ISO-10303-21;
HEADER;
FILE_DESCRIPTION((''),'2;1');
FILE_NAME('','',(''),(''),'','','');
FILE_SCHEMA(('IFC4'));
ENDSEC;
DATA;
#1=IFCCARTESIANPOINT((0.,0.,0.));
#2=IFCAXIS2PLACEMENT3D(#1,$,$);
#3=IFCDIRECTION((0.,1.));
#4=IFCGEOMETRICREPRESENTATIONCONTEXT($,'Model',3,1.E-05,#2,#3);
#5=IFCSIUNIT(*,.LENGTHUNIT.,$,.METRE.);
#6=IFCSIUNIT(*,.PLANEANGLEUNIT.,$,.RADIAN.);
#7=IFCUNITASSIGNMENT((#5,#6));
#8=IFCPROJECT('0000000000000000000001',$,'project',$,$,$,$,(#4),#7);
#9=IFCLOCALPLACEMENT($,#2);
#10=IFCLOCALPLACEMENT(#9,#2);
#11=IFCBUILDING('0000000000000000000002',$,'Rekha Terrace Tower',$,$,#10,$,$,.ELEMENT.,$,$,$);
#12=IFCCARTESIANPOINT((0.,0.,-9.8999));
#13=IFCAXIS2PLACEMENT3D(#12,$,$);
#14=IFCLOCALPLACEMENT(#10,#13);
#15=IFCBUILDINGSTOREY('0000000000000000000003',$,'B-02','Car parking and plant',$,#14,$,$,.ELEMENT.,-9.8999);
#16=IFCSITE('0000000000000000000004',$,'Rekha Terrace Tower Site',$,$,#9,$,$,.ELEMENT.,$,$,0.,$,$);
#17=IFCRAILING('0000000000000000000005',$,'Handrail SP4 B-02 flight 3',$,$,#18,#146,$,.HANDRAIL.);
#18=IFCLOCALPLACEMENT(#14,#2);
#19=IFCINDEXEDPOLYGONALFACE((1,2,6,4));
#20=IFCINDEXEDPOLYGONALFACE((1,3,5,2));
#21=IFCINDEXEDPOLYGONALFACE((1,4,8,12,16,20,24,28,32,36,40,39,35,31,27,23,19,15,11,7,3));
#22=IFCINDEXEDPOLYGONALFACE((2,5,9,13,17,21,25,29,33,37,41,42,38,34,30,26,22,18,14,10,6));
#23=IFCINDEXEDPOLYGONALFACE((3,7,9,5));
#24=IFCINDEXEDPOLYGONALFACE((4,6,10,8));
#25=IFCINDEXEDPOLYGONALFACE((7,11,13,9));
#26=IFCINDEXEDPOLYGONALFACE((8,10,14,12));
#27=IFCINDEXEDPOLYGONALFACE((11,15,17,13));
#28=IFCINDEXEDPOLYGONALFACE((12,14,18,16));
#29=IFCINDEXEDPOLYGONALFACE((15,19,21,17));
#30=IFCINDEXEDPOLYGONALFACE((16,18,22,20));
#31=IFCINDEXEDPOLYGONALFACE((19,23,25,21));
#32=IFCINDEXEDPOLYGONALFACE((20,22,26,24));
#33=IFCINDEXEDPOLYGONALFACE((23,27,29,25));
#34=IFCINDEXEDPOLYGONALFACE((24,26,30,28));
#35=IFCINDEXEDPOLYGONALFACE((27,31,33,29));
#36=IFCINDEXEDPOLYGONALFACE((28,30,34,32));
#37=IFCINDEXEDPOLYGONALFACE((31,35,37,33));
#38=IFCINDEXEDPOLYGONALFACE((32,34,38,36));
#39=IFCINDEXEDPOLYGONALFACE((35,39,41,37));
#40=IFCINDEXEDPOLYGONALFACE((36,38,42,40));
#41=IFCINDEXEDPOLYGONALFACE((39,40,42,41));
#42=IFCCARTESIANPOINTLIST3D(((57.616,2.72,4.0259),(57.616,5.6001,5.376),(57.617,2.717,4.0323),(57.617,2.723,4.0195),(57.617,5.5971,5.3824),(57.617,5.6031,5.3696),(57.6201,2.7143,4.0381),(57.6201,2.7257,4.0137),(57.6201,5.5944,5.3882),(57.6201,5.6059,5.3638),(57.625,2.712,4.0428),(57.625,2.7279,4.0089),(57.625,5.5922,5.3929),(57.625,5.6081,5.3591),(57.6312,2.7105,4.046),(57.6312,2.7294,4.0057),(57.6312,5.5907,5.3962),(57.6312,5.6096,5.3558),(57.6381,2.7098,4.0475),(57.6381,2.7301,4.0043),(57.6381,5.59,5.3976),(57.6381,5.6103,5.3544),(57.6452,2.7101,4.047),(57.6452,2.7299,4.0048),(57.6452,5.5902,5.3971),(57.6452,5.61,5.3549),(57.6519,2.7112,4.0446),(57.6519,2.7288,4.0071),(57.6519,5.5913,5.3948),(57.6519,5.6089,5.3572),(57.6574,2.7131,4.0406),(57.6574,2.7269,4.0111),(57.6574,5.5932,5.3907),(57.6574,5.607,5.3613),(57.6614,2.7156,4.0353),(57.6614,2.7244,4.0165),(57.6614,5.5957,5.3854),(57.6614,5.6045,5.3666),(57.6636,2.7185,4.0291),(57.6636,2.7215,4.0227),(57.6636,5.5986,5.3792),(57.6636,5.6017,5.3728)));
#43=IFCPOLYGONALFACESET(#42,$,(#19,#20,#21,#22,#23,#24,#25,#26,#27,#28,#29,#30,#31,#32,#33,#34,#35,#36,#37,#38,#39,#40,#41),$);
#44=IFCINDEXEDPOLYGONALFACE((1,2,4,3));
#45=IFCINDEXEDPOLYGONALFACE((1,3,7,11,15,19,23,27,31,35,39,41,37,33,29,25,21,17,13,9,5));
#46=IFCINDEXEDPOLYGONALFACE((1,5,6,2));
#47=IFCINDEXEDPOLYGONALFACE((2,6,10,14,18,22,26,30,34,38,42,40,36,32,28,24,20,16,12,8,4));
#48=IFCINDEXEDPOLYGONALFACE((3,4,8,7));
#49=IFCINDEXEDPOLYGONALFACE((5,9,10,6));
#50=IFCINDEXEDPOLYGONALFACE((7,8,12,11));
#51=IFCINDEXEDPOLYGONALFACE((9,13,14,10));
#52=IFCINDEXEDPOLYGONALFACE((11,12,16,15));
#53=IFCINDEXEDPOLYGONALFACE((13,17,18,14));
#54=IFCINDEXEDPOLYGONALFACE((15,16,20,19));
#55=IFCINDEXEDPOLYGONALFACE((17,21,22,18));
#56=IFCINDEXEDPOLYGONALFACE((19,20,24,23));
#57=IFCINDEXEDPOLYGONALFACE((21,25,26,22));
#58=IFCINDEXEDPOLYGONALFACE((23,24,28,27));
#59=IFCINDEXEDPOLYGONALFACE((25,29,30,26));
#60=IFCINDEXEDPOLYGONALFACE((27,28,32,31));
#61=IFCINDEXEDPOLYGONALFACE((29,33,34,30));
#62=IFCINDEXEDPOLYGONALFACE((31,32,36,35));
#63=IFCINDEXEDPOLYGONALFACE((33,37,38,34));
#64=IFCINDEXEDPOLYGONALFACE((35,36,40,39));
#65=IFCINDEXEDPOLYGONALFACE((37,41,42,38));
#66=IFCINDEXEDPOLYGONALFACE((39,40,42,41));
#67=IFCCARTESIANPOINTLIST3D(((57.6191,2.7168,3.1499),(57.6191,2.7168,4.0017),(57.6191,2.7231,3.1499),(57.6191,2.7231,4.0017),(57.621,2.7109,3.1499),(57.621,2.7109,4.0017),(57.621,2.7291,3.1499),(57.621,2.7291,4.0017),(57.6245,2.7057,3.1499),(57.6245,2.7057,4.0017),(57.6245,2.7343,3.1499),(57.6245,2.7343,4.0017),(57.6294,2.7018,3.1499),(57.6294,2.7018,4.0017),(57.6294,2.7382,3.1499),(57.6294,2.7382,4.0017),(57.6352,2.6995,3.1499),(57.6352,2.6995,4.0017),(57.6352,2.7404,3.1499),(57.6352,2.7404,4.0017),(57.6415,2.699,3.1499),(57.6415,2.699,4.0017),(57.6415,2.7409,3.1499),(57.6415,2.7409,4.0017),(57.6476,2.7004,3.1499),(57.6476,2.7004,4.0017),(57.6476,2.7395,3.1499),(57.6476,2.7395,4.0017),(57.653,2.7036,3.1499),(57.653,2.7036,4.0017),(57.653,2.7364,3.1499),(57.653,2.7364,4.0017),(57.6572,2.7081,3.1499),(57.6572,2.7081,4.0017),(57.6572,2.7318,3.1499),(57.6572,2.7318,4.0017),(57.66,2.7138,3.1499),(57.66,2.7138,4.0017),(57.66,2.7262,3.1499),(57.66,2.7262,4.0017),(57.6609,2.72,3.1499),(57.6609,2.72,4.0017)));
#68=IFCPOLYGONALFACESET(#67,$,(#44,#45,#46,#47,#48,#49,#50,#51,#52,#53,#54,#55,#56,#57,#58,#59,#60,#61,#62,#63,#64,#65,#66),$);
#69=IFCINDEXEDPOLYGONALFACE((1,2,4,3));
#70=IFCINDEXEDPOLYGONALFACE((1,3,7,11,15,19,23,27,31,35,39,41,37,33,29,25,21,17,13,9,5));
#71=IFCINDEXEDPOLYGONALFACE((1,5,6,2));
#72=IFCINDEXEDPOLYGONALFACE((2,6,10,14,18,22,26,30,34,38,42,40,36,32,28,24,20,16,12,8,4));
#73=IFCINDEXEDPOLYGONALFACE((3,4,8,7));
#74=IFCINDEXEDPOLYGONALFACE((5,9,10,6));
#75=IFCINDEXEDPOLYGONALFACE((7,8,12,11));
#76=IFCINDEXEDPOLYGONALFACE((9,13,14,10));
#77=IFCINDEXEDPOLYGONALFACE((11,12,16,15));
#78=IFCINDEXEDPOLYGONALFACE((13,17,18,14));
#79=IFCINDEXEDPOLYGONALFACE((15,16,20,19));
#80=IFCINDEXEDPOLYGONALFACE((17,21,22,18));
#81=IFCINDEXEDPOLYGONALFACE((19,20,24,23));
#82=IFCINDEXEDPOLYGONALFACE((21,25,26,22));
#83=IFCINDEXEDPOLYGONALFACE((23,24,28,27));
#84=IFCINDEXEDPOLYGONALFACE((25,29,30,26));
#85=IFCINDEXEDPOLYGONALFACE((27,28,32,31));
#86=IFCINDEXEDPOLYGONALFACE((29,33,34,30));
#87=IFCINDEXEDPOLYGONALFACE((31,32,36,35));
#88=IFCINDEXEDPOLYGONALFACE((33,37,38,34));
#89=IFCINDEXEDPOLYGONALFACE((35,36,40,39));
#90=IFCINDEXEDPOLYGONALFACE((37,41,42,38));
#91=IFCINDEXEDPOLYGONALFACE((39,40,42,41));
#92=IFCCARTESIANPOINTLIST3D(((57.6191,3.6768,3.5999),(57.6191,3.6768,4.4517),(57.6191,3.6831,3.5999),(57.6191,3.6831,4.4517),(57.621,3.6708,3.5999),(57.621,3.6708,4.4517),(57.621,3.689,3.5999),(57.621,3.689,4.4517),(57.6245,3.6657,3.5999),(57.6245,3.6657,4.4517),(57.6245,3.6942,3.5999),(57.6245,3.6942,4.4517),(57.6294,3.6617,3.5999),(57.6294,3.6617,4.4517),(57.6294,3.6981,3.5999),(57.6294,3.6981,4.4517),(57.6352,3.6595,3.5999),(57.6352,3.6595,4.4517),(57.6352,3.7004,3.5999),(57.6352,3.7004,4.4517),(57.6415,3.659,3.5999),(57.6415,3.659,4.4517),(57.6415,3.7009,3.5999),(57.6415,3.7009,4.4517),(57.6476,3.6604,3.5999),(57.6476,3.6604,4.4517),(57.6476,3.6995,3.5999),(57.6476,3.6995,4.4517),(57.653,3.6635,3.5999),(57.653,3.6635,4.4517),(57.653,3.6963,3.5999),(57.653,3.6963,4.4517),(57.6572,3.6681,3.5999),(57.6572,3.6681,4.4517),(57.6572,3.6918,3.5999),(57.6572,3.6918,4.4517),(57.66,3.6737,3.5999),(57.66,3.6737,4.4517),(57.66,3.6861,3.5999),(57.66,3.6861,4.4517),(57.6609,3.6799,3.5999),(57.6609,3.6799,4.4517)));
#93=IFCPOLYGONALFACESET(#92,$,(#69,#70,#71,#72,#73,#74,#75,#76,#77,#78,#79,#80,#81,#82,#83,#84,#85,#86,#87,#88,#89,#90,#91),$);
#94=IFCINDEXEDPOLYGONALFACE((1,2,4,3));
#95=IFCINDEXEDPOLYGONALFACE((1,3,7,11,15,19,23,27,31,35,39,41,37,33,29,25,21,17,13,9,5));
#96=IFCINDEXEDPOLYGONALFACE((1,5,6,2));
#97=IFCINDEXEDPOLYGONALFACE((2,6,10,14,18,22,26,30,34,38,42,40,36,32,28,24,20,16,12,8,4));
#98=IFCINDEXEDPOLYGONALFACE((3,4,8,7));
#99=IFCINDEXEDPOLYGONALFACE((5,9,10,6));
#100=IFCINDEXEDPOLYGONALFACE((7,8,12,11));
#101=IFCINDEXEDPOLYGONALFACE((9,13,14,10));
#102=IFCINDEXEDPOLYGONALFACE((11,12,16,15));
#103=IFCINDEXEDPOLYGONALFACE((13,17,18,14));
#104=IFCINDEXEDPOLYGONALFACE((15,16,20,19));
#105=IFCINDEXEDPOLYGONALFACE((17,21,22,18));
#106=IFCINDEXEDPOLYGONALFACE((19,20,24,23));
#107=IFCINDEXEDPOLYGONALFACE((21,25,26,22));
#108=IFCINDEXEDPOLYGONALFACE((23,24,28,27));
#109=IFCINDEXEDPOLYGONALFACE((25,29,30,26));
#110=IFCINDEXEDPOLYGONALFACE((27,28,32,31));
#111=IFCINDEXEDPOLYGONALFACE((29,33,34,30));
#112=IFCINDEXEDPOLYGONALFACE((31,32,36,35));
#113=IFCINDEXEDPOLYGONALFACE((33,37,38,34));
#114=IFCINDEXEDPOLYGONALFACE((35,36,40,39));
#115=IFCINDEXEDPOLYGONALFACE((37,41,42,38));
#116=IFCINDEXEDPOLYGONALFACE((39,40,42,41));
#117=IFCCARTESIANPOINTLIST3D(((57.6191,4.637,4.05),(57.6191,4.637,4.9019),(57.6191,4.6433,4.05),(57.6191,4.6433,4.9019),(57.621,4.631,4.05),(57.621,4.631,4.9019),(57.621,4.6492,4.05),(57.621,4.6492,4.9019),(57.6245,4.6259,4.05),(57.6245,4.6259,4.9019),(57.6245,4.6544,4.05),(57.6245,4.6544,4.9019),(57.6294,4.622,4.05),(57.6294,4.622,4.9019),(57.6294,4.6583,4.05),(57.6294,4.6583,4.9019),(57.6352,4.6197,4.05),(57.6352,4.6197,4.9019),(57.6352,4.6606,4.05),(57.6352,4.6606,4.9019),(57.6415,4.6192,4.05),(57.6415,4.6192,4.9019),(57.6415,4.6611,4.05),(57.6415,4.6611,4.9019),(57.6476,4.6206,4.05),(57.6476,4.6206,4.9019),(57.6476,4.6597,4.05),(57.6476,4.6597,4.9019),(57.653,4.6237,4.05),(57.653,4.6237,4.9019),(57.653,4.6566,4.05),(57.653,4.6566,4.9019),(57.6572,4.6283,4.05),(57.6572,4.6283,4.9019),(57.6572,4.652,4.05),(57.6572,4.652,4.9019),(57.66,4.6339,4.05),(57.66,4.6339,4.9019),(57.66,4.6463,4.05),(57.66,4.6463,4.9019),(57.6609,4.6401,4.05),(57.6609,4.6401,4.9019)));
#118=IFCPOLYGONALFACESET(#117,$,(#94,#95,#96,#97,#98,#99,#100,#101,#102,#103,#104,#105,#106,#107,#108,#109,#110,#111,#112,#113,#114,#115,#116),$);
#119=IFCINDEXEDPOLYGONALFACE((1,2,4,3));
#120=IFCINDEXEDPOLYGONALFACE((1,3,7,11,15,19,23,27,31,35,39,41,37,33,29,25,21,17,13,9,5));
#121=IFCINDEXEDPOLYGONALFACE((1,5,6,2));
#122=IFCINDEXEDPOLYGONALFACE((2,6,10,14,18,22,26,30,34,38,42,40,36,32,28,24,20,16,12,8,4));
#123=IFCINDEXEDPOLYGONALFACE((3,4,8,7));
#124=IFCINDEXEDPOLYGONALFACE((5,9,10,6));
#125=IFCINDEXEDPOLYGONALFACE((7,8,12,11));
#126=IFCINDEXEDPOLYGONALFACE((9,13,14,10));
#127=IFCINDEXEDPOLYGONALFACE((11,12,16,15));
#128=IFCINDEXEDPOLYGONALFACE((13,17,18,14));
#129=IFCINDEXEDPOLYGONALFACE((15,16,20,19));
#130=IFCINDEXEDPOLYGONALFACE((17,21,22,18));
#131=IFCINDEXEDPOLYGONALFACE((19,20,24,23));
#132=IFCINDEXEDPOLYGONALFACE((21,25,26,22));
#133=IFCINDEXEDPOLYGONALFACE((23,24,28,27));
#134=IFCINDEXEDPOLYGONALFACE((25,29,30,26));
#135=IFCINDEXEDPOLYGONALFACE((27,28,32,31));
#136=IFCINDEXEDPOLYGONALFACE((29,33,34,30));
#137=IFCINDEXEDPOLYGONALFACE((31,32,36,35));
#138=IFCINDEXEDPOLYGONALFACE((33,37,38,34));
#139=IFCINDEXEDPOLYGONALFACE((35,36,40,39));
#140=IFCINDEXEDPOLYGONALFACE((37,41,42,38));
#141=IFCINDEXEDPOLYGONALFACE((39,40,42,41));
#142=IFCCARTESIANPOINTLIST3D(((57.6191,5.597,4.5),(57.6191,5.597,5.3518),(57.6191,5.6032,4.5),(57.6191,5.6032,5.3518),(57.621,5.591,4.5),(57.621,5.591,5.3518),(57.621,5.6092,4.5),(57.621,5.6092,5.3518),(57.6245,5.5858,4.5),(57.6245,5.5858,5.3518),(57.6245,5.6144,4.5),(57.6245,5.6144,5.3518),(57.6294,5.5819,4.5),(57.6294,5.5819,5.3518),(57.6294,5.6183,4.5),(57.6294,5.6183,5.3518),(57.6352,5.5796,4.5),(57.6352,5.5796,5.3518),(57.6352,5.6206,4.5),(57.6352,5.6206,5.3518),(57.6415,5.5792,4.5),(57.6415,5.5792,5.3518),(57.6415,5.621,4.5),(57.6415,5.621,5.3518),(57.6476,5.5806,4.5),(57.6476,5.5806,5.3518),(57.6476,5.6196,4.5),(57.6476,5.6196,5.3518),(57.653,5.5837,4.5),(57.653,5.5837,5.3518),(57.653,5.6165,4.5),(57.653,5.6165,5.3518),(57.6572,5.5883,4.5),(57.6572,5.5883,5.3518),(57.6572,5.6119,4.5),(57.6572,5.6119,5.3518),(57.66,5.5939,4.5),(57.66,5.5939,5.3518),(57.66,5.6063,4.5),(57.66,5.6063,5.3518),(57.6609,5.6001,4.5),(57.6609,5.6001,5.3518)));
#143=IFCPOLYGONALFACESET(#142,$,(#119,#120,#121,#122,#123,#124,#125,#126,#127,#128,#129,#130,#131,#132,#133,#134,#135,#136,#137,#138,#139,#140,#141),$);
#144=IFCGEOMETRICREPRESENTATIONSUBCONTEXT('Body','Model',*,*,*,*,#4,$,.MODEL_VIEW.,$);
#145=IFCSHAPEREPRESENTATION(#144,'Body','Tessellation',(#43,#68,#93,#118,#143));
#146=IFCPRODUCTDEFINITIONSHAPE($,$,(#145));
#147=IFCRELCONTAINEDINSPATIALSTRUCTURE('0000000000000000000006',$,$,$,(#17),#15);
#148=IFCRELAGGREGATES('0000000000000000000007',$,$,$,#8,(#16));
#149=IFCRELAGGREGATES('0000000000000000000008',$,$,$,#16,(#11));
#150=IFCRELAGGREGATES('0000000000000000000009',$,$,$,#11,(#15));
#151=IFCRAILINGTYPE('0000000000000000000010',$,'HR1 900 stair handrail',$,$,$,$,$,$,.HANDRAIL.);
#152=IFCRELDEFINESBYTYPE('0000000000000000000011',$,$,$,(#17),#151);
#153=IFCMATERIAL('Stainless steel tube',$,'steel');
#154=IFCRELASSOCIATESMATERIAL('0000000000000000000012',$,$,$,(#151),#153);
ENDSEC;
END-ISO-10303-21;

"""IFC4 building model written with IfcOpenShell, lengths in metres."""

from ifc_helpers import new_model, si_unit, direction, frame, origin, origin_2d, place, context, subcontext, project, spatial, circle, extrude, material, type_object, element, save


model = new_model("IFC4")

# Units and contexts
model_context = context("Model", 3, precision=1e-05, world=origin(), true_north=direction((0.0, 1.0)))
body_context = subcontext(model_context, "Body", "Model", "MODEL_VIEW")
ifc_project = project(units=[si_unit("LENGTHUNIT", "METRE"), si_unit("PLANEANGLEUNIT", "RADIAN")], contexts=[model_context])

# Site, building, storey
site_placement = place(None, origin())
site = spatial("IfcSite", under=ifc_project, at=site_placement, Name="Rekha Terrace Tower Site", CompositionType="ELEMENT", RefElevation=0.0)
building_placement = place(site_placement, origin())
building = spatial("IfcBuilding", under=site, at=building_placement, Name="Rekha Terrace Tower", CompositionType="ELEMENT")
storey_placement = place(building_placement, frame((0.0, 0.0, -9.8999)))
storey = spatial("IfcBuildingStorey", under=building, at=storey_placement, Name="B-02", Description="Car parking and plant", CompositionType="ELEMENT", Elevation=-9.8999)

# Railing
ifc_material_1 = material(Name="Stainless steel tube", Category="steel")
railing_type_1 = type_object("IfcRailingType", Name="HR1 900 stair handrail", PredefinedType="HANDRAIL", material=ifc_material_1)
railing_1_placement = place(storey_placement, frame((57.6399, 2.72, 3.1499)))
element("IfcRailing", 1, at=railing_1_placement, inside=storey, type_object=railing_type_1, Name="Handrail SP4 B-02 flight 3", PredefinedType="HANDRAIL", context=body_context, shape_type="SweptSolid", body=[
    extrude(circle(Radius=0.0239, at=origin_2d()), frame((0.0, 0.0, 0.876), z_axis=(0.0, 0.905454, 0.424444), x_axis=(-1.0, 0.0, 0.0)), (0.0, 0.0, 1.0), 3.1809),
    extrude(circle(Radius=0.021, at=origin_2d()), origin(), (0.0, 0.0, 1.0), 0.8518),
    extrude(circle(Radius=0.021, at=origin_2d()), frame((0.0, 0.96, 0.45)), (0.0, 0.0, 1.0), 0.8518),
    extrude(circle(Radius=0.021, at=origin_2d()), frame((0.0, 1.9202, 0.9001)), (0.0, 0.0, 1.0), 0.8518),
    extrude(circle(Radius=0.021, at=origin_2d()), frame((0.0, 2.8801, 1.3501)), (0.0, 0.0, 1.0), 0.8518),
])

save(model, "model.ifc")
